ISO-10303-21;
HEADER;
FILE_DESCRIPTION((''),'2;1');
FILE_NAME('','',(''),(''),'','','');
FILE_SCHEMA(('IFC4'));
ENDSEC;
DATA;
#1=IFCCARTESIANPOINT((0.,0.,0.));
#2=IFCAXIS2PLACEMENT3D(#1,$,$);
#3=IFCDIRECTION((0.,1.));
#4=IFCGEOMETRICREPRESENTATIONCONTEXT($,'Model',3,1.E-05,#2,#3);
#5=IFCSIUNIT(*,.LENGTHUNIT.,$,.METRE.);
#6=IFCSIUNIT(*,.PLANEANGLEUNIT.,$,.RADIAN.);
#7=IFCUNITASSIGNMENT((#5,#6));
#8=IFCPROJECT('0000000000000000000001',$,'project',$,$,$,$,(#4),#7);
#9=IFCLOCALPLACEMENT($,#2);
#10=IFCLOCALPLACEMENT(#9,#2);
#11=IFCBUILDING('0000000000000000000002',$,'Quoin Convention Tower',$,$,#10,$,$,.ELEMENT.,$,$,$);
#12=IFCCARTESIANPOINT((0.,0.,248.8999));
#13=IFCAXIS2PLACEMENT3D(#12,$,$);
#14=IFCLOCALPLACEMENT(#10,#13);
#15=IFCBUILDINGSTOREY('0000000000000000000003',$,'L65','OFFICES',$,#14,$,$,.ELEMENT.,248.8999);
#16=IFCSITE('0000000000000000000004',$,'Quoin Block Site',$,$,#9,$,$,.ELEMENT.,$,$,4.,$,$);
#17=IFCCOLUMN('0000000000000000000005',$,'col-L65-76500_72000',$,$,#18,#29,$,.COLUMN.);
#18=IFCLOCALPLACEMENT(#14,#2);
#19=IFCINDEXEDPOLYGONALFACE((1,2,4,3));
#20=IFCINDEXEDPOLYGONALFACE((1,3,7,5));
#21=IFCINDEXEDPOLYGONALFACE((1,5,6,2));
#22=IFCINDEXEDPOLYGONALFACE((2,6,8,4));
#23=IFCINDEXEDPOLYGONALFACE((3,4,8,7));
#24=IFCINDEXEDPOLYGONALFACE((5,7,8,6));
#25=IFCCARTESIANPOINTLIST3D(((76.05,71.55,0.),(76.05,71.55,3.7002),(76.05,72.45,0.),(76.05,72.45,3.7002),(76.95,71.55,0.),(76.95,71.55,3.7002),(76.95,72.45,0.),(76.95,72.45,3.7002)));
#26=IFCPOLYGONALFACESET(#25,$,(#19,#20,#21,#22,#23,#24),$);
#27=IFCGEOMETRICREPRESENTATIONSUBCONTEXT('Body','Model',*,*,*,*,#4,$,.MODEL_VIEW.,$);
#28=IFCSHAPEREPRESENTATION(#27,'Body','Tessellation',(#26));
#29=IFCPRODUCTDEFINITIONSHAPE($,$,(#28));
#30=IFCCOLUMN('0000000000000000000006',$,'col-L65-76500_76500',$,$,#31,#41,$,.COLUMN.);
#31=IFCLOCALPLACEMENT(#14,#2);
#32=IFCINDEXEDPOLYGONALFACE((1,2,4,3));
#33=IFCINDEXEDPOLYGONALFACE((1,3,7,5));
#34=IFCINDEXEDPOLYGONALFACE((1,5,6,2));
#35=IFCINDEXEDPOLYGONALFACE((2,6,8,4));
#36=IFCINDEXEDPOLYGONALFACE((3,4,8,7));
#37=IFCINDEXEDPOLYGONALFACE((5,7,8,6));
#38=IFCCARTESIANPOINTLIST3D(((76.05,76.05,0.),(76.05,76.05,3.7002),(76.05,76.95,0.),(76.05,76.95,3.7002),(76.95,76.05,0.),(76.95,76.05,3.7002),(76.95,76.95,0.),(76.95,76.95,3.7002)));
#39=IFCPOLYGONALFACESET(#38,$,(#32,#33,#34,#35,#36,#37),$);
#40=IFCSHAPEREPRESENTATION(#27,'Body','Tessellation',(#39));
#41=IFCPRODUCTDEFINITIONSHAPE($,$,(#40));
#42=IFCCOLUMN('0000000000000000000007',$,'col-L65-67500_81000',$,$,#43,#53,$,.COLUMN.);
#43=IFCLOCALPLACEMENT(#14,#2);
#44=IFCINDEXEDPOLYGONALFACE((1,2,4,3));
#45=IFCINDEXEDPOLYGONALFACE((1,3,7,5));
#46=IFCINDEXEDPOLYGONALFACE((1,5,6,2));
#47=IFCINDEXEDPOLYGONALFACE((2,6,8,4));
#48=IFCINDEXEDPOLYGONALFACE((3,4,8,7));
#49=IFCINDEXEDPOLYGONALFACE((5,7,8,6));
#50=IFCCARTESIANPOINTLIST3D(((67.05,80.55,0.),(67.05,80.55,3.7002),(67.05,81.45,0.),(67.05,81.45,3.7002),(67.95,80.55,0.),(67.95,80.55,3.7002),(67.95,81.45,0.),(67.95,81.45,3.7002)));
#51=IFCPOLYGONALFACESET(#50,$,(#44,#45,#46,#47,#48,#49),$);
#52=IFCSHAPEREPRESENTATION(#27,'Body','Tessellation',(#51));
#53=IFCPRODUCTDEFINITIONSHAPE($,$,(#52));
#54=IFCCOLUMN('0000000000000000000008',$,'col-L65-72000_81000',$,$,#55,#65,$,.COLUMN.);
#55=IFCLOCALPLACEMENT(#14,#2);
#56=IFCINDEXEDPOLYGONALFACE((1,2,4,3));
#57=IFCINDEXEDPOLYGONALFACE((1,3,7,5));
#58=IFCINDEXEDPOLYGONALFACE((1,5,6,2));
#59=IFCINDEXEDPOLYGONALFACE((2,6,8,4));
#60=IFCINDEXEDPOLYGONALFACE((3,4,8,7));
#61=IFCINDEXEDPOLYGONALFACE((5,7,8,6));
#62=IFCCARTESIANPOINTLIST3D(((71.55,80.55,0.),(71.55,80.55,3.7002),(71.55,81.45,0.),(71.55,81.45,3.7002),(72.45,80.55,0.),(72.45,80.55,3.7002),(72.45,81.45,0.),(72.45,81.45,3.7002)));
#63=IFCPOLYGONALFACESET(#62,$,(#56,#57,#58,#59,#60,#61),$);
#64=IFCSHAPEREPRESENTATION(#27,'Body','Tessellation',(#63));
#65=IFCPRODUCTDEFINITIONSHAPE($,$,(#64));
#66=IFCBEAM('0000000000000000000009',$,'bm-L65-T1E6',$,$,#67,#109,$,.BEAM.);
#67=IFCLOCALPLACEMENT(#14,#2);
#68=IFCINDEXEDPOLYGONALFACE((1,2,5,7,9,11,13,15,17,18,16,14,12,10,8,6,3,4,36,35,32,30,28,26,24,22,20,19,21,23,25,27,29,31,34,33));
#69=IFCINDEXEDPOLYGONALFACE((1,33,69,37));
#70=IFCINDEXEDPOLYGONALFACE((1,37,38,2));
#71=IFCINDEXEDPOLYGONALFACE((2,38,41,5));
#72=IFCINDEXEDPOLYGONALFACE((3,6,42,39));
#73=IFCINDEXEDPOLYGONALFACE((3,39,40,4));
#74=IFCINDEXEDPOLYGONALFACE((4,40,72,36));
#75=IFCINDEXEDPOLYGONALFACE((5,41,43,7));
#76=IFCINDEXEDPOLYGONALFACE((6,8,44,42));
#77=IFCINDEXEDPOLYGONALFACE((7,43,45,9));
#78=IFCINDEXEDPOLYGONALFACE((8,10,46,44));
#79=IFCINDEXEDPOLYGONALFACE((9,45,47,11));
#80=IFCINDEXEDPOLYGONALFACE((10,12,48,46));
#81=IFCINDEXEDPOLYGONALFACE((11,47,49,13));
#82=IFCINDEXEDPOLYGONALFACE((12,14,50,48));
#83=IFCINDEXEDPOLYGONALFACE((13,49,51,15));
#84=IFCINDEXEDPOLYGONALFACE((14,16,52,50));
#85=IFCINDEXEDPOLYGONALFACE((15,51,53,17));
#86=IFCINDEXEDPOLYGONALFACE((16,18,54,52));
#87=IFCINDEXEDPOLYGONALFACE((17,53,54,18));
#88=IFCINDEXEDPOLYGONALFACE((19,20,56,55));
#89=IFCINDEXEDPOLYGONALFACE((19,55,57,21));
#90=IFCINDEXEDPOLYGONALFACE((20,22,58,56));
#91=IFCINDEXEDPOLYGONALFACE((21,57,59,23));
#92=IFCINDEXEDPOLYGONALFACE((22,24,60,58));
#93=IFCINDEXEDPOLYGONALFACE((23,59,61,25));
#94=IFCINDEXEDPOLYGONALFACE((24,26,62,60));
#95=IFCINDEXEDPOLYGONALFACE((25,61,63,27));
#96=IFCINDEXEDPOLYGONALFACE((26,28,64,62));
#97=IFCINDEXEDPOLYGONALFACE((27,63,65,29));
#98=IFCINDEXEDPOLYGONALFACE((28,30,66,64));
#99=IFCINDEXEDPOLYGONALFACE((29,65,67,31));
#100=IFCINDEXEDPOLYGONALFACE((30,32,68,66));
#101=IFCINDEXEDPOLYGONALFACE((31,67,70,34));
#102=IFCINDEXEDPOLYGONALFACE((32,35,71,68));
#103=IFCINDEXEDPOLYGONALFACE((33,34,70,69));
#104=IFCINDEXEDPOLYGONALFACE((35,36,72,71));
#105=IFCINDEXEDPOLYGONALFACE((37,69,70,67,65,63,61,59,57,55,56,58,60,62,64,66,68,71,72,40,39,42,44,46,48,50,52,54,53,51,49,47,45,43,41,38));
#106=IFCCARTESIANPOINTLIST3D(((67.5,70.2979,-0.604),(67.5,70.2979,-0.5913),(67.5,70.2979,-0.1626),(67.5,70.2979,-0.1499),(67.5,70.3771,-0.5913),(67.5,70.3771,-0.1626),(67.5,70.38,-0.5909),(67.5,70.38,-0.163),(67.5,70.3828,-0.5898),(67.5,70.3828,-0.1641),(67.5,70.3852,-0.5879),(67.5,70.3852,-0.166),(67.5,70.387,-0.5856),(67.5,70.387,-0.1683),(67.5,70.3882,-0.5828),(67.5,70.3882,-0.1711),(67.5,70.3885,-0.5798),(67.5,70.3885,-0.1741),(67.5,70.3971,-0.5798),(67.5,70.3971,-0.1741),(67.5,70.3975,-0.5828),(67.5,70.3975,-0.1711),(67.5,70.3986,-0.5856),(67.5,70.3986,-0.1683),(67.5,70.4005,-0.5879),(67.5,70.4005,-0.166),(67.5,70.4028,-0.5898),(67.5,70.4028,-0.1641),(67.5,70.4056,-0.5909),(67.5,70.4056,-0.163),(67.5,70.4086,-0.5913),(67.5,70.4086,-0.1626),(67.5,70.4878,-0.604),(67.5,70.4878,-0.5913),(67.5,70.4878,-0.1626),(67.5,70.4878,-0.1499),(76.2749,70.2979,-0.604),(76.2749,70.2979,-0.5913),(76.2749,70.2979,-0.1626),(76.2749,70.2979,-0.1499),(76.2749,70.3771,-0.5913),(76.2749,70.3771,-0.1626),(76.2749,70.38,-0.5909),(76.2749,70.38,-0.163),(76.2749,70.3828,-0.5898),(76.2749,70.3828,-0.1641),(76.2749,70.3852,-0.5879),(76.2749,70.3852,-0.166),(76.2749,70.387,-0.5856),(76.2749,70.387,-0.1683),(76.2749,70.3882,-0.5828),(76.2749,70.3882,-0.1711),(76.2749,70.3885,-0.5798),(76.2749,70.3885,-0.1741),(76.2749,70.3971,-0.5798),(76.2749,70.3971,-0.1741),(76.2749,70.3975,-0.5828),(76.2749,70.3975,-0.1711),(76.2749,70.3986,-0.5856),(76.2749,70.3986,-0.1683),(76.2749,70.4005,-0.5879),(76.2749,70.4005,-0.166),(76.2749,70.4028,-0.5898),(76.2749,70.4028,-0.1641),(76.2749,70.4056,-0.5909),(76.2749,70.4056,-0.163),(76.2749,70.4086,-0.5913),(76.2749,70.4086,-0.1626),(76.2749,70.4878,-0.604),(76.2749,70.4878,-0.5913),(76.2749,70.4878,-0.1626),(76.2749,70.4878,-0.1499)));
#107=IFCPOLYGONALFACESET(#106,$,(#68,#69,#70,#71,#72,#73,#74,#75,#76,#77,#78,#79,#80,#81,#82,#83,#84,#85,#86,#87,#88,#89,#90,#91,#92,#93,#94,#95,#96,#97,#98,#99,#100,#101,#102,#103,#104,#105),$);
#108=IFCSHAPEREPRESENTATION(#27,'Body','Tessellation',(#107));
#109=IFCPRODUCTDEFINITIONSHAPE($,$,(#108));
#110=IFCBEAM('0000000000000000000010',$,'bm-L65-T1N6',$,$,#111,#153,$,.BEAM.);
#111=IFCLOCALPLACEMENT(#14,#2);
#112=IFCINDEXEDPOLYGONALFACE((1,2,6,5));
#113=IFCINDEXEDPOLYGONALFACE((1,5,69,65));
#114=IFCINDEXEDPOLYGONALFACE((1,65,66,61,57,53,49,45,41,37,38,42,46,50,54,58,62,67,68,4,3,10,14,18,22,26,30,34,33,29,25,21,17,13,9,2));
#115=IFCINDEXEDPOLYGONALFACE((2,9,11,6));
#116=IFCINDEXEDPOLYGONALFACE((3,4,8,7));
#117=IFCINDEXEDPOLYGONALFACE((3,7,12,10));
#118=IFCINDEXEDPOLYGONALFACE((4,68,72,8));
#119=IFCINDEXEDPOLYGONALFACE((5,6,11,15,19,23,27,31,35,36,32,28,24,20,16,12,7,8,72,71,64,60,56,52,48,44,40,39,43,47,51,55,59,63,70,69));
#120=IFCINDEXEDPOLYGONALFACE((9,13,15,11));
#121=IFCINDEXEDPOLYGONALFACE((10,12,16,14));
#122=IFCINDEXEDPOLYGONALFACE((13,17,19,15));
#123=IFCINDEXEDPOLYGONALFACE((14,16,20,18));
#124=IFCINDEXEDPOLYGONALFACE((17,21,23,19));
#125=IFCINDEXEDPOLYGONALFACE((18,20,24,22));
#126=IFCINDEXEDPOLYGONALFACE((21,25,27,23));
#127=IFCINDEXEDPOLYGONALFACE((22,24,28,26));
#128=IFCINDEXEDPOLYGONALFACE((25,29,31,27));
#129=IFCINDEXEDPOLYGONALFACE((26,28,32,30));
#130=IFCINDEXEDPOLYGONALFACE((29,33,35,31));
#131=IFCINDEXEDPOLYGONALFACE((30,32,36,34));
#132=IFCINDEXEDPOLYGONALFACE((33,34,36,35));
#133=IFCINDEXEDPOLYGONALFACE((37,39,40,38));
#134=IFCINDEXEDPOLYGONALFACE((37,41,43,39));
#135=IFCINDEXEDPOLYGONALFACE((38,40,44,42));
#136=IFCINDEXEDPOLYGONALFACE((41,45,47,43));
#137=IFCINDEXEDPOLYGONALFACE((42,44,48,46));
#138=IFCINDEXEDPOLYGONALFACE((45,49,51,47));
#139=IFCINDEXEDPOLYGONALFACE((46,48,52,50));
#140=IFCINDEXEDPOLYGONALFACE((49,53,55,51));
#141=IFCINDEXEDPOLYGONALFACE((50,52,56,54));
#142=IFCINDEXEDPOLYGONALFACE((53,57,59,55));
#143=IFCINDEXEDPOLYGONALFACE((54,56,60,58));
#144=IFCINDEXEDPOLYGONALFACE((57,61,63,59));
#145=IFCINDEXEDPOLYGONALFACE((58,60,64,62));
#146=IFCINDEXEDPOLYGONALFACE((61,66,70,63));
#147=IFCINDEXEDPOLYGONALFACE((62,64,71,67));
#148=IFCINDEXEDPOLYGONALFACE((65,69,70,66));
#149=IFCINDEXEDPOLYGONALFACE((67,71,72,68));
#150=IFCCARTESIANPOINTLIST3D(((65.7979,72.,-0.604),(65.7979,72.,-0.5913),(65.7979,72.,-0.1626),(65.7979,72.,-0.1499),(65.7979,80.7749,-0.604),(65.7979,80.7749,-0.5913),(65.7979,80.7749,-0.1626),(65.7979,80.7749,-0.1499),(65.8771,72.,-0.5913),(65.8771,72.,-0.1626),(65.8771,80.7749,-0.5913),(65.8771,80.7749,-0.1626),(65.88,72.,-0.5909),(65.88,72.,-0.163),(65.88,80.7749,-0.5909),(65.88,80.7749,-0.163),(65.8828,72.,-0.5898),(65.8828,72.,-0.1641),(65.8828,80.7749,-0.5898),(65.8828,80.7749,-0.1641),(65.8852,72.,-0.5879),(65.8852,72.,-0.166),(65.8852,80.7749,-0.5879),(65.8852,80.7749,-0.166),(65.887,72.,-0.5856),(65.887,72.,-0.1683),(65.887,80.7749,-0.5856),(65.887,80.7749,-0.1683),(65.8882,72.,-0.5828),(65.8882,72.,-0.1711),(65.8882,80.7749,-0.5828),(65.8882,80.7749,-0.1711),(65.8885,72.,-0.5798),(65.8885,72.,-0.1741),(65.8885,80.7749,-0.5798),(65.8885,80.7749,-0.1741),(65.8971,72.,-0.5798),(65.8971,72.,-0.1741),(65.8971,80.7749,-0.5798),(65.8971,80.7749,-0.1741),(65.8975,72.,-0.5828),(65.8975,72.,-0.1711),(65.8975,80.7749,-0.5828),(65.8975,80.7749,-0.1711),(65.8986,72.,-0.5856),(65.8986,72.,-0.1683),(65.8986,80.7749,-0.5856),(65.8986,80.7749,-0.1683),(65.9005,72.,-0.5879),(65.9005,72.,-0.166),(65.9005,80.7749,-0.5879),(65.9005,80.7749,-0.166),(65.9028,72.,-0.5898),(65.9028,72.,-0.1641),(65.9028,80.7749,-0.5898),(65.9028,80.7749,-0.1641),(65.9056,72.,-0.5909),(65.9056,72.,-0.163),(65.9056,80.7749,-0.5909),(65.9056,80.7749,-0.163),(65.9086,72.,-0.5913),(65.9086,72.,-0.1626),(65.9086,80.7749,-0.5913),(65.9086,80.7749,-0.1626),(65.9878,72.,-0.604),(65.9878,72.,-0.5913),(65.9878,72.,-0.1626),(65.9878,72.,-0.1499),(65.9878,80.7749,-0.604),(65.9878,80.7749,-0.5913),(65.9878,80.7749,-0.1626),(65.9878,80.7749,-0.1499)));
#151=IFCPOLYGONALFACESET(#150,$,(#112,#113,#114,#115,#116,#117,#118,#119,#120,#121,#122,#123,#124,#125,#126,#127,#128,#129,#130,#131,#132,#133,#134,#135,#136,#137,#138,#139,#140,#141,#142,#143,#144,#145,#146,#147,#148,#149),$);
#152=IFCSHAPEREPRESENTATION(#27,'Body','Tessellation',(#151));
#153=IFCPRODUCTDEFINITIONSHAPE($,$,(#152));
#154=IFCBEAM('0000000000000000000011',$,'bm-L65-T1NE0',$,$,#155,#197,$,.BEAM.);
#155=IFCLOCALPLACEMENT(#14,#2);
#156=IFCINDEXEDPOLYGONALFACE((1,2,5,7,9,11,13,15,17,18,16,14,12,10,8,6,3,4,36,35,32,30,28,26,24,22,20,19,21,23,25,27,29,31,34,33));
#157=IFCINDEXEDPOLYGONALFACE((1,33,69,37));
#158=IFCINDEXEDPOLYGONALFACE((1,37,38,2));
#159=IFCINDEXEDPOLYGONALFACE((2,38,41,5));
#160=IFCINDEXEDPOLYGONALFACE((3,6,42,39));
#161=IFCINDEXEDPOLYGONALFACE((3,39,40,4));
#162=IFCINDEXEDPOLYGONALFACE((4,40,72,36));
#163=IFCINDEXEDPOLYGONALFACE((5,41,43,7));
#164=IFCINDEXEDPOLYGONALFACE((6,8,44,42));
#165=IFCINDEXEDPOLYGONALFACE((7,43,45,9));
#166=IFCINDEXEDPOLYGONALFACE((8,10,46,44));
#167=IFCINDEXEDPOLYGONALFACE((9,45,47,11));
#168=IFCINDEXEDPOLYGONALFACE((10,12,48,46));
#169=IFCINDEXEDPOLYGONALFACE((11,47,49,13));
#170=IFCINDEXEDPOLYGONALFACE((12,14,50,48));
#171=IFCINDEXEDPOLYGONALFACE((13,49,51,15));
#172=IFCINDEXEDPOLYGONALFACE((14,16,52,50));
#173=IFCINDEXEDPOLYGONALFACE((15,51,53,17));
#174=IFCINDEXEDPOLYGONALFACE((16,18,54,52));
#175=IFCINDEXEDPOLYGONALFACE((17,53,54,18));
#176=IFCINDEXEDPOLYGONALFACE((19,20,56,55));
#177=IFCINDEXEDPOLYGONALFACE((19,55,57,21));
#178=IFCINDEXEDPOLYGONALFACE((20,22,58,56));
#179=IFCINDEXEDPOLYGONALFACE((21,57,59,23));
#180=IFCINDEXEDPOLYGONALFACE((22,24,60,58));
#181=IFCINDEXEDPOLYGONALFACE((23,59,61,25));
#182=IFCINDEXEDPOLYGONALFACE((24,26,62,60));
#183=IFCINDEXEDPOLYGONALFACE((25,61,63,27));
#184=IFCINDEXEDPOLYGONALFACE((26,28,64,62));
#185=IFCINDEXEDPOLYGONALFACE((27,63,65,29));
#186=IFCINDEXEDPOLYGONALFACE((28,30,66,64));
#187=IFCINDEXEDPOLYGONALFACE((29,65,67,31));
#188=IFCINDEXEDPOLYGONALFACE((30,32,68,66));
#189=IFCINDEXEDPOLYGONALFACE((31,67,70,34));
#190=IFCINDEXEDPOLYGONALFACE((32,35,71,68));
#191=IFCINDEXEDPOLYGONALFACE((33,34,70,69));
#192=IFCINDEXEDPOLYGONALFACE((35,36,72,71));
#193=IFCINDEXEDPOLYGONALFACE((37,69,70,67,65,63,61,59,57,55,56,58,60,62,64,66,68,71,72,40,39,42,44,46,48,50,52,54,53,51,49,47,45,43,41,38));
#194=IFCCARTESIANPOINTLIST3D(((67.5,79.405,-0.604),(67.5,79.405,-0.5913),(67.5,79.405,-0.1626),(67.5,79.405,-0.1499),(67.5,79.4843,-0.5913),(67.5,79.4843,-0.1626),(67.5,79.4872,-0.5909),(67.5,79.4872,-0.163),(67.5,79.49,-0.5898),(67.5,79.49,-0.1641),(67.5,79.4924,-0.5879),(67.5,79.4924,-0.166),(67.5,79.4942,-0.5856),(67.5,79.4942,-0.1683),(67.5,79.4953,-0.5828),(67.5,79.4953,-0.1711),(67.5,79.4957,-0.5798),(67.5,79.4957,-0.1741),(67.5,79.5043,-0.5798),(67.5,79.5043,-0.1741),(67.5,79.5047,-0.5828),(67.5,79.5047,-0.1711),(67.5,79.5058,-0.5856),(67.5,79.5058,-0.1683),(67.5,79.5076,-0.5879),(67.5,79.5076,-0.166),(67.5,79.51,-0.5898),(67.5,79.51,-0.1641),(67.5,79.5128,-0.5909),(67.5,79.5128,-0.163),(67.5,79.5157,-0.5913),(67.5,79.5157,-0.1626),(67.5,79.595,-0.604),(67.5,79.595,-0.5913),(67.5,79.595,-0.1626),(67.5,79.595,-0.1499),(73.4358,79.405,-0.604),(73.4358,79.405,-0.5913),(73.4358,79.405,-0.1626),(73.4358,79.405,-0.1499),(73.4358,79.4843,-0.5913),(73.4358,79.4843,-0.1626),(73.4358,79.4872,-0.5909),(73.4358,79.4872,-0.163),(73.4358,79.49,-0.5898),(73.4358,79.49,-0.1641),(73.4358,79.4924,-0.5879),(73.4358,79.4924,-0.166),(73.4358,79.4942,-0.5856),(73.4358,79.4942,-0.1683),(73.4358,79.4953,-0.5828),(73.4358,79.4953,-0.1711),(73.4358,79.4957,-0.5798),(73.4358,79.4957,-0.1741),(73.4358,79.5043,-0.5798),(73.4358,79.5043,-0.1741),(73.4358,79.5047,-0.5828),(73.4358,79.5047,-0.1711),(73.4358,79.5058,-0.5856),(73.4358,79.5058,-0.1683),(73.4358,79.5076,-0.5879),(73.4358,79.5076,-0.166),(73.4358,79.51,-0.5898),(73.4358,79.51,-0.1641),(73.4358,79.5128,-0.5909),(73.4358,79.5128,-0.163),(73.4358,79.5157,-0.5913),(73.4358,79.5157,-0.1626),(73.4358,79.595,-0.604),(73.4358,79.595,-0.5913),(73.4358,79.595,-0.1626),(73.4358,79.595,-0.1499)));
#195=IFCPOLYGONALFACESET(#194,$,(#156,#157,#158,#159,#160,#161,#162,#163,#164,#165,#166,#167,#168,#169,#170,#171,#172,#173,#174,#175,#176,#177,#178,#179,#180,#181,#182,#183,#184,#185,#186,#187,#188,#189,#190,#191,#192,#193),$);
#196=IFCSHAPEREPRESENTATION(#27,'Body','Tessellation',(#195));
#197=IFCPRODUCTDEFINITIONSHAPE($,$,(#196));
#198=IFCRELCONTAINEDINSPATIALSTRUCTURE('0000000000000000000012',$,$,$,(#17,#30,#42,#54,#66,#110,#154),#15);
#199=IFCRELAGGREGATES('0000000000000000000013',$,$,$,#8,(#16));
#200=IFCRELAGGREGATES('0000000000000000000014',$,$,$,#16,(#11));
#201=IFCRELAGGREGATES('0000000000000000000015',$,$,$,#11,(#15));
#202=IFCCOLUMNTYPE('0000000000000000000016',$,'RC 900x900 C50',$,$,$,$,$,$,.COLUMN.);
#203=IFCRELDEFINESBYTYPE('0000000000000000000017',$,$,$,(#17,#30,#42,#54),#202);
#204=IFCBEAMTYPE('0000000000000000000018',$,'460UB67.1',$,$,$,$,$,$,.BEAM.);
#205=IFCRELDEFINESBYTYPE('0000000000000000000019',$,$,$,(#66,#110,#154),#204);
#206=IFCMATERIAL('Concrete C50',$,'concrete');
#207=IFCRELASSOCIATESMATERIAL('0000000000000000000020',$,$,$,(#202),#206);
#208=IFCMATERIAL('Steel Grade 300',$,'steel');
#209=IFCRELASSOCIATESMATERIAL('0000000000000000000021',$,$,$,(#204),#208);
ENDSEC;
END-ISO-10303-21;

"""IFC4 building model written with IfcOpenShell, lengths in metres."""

from ifc_helpers import new_model, si_unit, direction, frame, origin, origin_2d, place, context, subcontext, project, spatial, rectangle, i_section, extrude, material, material_profile, profile_set, type_object, element, save


model = new_model("IFC4")

# Units and contexts
model_context = context("Model", 3, precision=1e-05, world=origin(), true_north=direction((0.0, 1.0)))
body_context = subcontext(model_context, "Body", "Model", "MODEL_VIEW")
ifc_project = project(units=[si_unit("LENGTHUNIT", "METRE"), si_unit("PLANEANGLEUNIT", "RADIAN")], contexts=[model_context])

# Site, building, storey
site_placement = place(None, origin())
site = spatial("IfcSite", under=ifc_project, at=site_placement, Name="Quoin Block Site", CompositionType="ELEMENT", RefElevation=4.0)
building_placement = place(site_placement, origin())
building = spatial("IfcBuilding", under=site, at=building_placement, Name="Quoin Convention Tower", CompositionType="ELEMENT")
storey_placement = place(building_placement, frame((0.0, 0.0, 248.8999)))
storey = spatial("IfcBuildingStorey", under=building, at=storey_placement, Name="L65", Description="OFFICES", CompositionType="ELEMENT", Elevation=248.8999)

# Columns
ifc_material_1 = material(Name="Concrete C50", Category="concrete")
ifc_material_profile_1 = material_profile(ifc_material_1, rectangle(XDim=0.8999, YDim=0.8999, at=origin_2d()), Name="RC 900x900")
ifc_profile_set_1 = profile_set([ifc_material_profile_1], Name="Concrete C50")
column_type = type_object("IfcColumnType", Name="RC 900x900 C50", PredefinedType="COLUMN", material=ifc_profile_set_1)
for number, where, z_axis, x_axis, name in (
    (1, (76.5, 72.0, 0.0), (0.0, 0.0, 1.0), (1.0, 0.0, 0.0), "col-L65-76500_72000"),
    (2, (76.5, 76.5, 0.0), (0.0, 0.0, 1.0), (1.0, 0.0, 0.0), "col-L65-76500_76500"),
    (3, (67.5, 81.0, 0.0), (0.0, 0.0, 1.0), (1.0, 0.0, 0.0), "col-L65-67500_81000"),
    (4, (72.0, 81.0, 0.0), (0.0, 0.0, 1.0), (1.0, 0.0, 0.0), "col-L65-72000_81000"),
):
    element("IfcColumn", number, at=place(storey_placement, frame(where, z_axis=z_axis, x_axis=x_axis)), inside=storey, type_object=column_type, Name=name, PredefinedType="COLUMN", context=body_context, shape_type="SweptSolid", body=[
        extrude(rectangle(XDim=0.8999, YDim=0.8999, at=origin_2d()), origin(), (0.0, 0.0, 1.0), 3.7002),
    ])

# Beams
ifc_material_2 = material(Name="Steel Grade 300", Category="steel")
ifc_material_profile_2 = material_profile(ifc_material_2, i_section(OverallWidth=0.1899, OverallDepth=0.4541, WebThickness=0.0085, FlangeThickness=0.0127, FilletRadius=0.0115, at=origin_2d()), Name="460UB67.1")
ifc_profile_set_2 = profile_set([ifc_material_profile_2], Name="Steel Grade 300")
beam_type_1 = type_object("IfcBeamType", Name="460UB67.1", PredefinedType="BEAM", material=ifc_profile_set_2)
for number, where, z_axis, x_axis, name in (
    (5, (67.5, 70.3928, -0.377), (1.0, 0.0, 0.0), (0.0, 1.0, 0.0), "bm-L65-T1E6"),
    (6, (65.8928, 72.0, -0.377), (0.0, 1.0, 0.0), (-1.0, 0.0, 0.0), "bm-L65-T1N6"),
):
    element("IfcBeam", number, at=place(storey_placement, frame(where, z_axis=z_axis, x_axis=x_axis)), inside=storey, type_object=beam_type_1, Name=name, PredefinedType="BEAM", context=body_context, shape_type="SweptSolid", body=[
        extrude(i_section(OverallWidth=0.1899, OverallDepth=0.4541, WebThickness=0.0085, FlangeThickness=0.0127, FilletRadius=0.0115, at=origin_2d()), origin(), (0.0, 0.0, 1.0), 8.7749),
    ])
beam_1_placement = place(storey_placement, frame((67.5, 79.5, -0.377), z_axis=(1.0, 0.0, 0.0), x_axis=(0.0, 1.0, 0.0)))
element("IfcBeam", 7, at=beam_1_placement, inside=storey, type_object=beam_type_1, Name="bm-L65-T1NE0", PredefinedType="BEAM", context=body_context, shape_type="SweptSolid", body=[
    extrude(i_section(OverallWidth=0.1899, OverallDepth=0.4541, WebThickness=0.0085, FlangeThickness=0.0127, FilletRadius=0.0115, at=origin_2d()), origin(), (0.0, 0.0, 1.0), 5.9358),
])

save(model, "model.ifc")
